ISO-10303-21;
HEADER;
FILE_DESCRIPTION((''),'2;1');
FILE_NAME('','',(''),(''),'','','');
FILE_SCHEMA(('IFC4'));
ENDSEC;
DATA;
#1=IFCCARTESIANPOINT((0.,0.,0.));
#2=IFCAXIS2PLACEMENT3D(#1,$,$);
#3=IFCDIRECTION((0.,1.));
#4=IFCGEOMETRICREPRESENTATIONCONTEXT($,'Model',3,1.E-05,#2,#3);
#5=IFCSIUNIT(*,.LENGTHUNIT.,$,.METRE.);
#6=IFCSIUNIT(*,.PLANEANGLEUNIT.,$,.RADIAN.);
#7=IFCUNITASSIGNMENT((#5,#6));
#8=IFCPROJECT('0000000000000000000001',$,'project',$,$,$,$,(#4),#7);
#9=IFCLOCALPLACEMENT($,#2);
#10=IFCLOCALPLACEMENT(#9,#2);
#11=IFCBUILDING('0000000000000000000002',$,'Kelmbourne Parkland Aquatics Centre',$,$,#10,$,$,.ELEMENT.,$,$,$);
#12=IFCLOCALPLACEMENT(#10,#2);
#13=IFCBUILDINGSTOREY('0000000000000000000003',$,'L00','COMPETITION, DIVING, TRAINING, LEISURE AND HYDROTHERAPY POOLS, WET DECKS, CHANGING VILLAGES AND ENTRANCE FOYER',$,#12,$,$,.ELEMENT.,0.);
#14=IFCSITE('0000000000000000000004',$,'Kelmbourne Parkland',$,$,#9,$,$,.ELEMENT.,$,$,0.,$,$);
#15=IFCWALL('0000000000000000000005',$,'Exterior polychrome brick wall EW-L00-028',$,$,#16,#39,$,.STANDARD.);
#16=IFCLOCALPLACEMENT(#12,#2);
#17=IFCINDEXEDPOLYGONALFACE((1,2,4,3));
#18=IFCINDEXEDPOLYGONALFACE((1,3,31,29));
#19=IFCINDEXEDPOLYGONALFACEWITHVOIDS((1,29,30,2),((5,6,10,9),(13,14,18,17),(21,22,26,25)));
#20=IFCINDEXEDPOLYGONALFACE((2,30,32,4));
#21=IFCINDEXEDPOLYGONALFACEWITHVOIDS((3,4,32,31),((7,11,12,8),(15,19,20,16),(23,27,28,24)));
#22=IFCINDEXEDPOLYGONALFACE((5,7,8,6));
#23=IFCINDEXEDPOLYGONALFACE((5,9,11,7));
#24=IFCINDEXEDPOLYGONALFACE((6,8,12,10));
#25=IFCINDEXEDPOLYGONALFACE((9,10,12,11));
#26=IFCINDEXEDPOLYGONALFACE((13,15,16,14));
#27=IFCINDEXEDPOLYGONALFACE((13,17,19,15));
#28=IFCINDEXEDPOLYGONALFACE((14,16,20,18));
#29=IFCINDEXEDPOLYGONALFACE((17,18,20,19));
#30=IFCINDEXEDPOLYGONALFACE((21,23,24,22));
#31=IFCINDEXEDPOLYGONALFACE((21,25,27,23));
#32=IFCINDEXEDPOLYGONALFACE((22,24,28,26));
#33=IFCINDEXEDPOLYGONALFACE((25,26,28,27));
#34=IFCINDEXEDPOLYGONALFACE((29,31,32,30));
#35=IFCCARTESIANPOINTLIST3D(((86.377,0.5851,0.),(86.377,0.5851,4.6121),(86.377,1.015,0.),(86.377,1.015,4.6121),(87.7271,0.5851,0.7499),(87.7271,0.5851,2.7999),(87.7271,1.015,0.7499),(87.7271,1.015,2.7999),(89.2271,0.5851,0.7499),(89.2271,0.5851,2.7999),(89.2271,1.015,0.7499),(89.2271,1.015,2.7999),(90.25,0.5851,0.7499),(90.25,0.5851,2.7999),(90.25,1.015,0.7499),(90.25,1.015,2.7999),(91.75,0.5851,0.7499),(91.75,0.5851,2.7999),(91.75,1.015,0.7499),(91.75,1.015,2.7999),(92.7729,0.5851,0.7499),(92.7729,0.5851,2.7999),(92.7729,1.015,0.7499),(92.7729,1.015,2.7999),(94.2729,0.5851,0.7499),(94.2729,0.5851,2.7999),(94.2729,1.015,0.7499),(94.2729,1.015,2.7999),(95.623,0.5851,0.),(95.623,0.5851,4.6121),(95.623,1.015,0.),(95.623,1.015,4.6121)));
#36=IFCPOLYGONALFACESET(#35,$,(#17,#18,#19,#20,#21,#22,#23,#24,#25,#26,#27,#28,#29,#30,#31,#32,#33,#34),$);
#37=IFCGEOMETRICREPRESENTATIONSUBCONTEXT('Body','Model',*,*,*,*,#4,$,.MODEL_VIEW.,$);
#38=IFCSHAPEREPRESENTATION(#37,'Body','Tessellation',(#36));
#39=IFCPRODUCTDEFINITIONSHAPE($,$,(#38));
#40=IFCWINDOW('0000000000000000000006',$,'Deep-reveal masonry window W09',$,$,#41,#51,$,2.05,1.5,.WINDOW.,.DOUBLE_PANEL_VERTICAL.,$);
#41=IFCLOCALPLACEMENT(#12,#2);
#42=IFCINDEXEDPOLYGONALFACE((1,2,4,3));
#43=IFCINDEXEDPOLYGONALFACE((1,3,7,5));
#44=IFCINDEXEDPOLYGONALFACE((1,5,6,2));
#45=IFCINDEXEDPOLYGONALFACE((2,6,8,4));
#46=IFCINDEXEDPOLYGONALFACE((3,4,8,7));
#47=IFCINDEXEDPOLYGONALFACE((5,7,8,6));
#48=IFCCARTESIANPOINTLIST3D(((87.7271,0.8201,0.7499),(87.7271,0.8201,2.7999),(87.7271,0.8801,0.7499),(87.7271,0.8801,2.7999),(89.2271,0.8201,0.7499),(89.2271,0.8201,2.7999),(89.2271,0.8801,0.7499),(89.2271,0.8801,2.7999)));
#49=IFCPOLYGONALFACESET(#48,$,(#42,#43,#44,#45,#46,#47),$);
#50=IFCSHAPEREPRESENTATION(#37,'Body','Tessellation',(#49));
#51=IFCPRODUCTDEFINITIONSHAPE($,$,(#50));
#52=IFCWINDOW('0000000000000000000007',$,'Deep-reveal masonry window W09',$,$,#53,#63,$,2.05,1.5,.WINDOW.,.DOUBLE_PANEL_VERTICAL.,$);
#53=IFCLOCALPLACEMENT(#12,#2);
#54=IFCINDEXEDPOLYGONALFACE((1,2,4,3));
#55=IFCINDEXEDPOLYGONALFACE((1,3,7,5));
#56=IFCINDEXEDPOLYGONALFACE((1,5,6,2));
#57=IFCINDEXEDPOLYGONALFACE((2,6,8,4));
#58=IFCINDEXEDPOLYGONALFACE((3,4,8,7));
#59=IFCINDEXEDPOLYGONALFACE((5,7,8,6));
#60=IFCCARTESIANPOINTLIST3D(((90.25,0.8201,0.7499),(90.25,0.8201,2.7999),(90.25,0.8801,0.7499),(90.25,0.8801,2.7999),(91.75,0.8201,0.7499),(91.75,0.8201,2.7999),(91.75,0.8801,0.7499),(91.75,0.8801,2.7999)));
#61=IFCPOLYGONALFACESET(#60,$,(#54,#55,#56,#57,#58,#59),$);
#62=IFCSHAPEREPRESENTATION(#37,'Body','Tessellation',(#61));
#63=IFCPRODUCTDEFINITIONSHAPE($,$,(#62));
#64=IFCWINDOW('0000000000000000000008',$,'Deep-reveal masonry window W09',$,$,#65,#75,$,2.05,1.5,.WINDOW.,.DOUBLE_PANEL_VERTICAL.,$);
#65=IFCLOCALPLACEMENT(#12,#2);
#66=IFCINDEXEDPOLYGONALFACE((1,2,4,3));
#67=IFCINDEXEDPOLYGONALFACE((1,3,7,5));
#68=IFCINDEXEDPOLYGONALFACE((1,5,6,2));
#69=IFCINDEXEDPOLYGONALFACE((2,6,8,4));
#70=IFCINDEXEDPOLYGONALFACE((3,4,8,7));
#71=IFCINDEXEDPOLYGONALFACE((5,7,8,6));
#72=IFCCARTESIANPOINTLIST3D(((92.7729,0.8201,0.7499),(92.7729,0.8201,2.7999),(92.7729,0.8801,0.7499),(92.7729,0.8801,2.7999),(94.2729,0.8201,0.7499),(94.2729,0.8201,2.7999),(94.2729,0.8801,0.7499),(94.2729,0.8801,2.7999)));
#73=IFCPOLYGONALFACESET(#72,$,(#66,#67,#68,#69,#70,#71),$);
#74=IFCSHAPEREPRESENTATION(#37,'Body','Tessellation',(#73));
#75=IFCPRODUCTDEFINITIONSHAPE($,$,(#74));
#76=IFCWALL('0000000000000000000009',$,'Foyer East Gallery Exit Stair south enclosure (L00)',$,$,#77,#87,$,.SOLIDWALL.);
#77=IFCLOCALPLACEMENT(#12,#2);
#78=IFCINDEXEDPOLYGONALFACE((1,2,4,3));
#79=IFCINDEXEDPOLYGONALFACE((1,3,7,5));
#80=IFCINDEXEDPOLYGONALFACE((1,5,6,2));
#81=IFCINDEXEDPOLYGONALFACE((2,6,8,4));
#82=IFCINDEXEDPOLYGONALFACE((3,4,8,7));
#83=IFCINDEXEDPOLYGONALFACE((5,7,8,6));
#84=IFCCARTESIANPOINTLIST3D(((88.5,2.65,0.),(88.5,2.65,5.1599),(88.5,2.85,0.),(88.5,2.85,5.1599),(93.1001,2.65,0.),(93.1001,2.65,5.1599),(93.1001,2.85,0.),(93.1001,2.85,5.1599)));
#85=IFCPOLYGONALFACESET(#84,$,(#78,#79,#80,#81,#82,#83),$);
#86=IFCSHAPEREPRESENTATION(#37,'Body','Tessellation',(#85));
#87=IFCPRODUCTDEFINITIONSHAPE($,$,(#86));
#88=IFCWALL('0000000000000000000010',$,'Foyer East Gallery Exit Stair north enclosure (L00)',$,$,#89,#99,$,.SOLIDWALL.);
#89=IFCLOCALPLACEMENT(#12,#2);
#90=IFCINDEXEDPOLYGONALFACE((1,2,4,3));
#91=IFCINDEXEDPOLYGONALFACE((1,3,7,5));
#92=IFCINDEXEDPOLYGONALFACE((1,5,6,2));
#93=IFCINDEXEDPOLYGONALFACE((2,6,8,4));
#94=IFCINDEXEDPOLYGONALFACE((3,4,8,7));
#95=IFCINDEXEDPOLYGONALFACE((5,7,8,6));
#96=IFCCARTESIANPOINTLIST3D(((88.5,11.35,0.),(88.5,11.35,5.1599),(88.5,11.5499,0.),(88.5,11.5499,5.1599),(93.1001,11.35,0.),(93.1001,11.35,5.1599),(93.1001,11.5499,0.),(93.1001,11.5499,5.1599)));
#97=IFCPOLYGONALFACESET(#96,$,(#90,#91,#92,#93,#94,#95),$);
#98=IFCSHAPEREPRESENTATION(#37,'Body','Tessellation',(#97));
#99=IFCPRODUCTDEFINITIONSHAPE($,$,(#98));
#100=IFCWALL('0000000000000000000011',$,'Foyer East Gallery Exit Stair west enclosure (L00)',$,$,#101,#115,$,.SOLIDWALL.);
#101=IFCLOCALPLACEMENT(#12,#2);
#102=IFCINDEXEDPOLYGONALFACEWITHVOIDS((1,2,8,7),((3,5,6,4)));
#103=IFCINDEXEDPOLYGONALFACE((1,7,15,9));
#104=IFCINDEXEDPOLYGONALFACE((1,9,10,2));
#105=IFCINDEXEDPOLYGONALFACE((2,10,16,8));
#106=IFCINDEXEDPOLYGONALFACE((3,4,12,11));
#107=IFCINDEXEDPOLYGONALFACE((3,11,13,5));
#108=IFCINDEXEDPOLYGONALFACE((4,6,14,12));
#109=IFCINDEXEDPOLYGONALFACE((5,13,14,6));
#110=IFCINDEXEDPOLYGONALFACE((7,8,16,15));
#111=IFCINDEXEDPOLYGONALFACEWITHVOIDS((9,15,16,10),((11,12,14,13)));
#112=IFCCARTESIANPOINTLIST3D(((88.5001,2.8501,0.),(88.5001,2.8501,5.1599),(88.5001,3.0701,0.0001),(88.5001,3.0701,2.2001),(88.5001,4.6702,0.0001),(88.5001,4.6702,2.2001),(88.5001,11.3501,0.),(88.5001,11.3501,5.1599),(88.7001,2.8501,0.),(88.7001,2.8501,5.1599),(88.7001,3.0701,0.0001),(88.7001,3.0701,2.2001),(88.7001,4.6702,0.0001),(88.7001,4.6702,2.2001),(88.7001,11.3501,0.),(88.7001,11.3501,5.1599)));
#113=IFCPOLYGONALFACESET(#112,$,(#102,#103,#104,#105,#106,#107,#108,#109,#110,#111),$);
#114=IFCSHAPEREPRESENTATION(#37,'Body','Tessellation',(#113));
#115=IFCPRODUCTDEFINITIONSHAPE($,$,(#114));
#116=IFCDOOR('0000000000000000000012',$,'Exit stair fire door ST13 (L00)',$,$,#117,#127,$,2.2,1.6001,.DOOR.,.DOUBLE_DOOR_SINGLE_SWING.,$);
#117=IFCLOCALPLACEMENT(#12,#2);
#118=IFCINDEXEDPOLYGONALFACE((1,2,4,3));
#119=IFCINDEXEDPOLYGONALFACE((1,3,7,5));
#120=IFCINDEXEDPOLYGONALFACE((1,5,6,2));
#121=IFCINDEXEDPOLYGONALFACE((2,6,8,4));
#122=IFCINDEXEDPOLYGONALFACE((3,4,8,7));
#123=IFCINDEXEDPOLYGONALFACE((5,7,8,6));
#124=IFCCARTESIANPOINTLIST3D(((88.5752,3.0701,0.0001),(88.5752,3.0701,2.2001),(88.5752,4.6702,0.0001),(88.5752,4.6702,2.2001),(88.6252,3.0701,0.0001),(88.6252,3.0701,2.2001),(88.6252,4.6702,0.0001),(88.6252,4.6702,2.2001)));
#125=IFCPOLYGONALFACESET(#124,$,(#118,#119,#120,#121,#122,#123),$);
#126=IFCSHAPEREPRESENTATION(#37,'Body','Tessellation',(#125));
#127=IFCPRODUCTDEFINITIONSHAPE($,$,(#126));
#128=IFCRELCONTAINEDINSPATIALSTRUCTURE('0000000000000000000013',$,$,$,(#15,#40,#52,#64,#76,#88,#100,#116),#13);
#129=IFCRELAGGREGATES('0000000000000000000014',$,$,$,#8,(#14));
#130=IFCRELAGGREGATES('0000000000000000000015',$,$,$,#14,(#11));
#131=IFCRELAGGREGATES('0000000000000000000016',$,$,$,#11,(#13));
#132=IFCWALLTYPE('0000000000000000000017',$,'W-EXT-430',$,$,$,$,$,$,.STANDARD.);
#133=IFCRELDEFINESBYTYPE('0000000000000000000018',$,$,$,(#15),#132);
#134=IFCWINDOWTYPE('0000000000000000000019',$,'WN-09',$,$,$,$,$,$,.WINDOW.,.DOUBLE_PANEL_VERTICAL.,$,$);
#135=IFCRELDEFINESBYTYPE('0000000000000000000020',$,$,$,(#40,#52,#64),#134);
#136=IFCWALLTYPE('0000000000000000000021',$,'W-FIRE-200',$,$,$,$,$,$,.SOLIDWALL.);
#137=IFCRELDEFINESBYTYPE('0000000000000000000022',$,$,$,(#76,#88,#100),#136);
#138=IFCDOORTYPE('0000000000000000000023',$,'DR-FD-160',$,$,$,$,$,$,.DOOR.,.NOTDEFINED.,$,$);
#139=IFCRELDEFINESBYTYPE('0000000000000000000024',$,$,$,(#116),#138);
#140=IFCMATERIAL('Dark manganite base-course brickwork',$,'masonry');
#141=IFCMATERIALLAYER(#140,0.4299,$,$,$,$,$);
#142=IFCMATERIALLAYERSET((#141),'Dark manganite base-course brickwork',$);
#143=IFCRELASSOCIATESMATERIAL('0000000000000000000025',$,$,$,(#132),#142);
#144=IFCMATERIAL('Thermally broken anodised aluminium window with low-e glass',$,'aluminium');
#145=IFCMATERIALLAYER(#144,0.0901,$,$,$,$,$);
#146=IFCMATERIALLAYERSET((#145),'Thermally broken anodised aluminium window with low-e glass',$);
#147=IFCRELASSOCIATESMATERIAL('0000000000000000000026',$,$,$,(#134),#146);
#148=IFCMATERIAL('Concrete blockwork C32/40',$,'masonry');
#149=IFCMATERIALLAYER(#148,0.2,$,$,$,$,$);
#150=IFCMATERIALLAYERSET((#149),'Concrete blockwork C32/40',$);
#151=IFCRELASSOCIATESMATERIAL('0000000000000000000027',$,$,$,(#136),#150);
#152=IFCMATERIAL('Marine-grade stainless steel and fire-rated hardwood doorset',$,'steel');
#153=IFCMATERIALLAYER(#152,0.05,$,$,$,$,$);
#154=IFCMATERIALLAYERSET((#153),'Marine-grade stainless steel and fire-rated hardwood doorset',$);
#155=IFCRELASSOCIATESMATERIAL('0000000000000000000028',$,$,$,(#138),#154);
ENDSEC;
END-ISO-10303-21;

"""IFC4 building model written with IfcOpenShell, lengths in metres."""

from ifc_helpers import new_model, si_unit, direction, frame, frame_2d, origin, place, context, subcontext, project, spatial, rectangle, extrude, material, layer, layer_set, type_object, element, fill, save


model = new_model("IFC4")

# Units and contexts
model_context = context("Model", 3, precision=1e-05, world=origin(), true_north=direction((0.0, 1.0)))
body_context = subcontext(model_context, "Body", "Model", "MODEL_VIEW")
ifc_project = project(units=[si_unit("LENGTHUNIT", "METRE"), si_unit("PLANEANGLEUNIT", "RADIAN")], contexts=[model_context])

# Site, building, storey
site_placement = place(None, origin())
site = spatial("IfcSite", under=ifc_project, at=site_placement, Name="Kelmbourne Parkland", CompositionType="ELEMENT", RefElevation=0.0)
building_placement = place(site_placement, origin())
building = spatial("IfcBuilding", under=site, at=building_placement, Name="Kelmbourne Parkland Aquatics Centre", CompositionType="ELEMENT")
storey_placement = place(building_placement, origin())
storey = spatial("IfcBuildingStorey", under=building, at=storey_placement, Name="L00", Description="COMPETITION, DIVING, TRAINING, LEISURE AND HYDROTHERAPY POOLS, WET DECKS, CHANGING VILLAGES AND ENTRANCE FOYER", CompositionType="ELEMENT", Elevation=0.0)

# Wall, openings, windows
ifc_material_1 = material(Name="Dark manganite base-course brickwork", Category="masonry")
ifc_layer_1 = layer(ifc_material_1, 0.4299)
ifc_layer_set_1 = layer_set([ifc_layer_1], Name="Dark manganite base-course brickwork")
wall_type_1 = type_object("IfcWallType", Name="W-EXT-430", PredefinedType="STANDARD", material=ifc_layer_set_1)
wall_1_placement = place(storey_placement, frame((86.377, 0.8, 0.0), z_axis=(0.0, 0.0, 1.0), x_axis=(1.0, 0.0, 0.0)))
wall_1 = element("IfcWall", 1, at=wall_1_placement, inside=storey, type_object=wall_type_1, Name="Exterior polychrome brick wall EW-L00-028", PredefinedType="STANDARD", context=body_context, shape_type="SweptSolid", body=[
    extrude(rectangle(XDim=9.2461, YDim=0.4299, at=frame_2d((4.623, 0.0))), origin(), (0.0, 0.0, 1.0), 4.6121),
])
opening_1_placement = place(wall_1_placement, frame((1.3501, 0.0, 0.75)))
opening_1 = element("IfcOpeningElement", 2, at=opening_1_placement, cuts=wall_1, PredefinedType="OPENING", context=body_context, shape_type="SweptSolid", body=[
    extrude(rectangle(XDim=1.5, YDim=2.05, at=frame_2d((0.75, 1.0249))), frame((0.0, 0.2271, 0.0), z_axis=(0.0, -1.0, 0.0), x_axis=(1.0, 0.0, 0.0)), (0.0, 0.0, 1.0), 0.4539),
])
opening_2_placement = place(wall_1_placement, frame((3.873, 0.0, 0.75)))
opening_2 = element("IfcOpeningElement", 3, at=opening_2_placement, cuts=wall_1, PredefinedType="OPENING", context=body_context, shape_type="SweptSolid", body=[
    extrude(rectangle(XDim=1.5, YDim=2.05, at=frame_2d((0.75, 1.0249))), frame((0.0, 0.2271, 0.0), z_axis=(0.0, -1.0, 0.0), x_axis=(1.0, 0.0, 0.0)), (0.0, 0.0, 1.0), 0.4539),
])
opening_3_placement = place(wall_1_placement, frame((6.396, 0.0, 0.75)))
opening_3 = element("IfcOpeningElement", 4, at=opening_3_placement, cuts=wall_1, PredefinedType="OPENING", context=body_context, shape_type="SweptSolid", body=[
    extrude(rectangle(XDim=1.5, YDim=2.05, at=frame_2d((0.75, 1.0249))), frame((0.0, 0.2271, 0.0), z_axis=(0.0, -1.0, 0.0), x_axis=(1.0, 0.0, 0.0)), (0.0, 0.0, 1.0), 0.4539),
])
ifc_material_2 = material(Name="Thermally broken anodised aluminium window with low-e glass", Category="aluminium")
ifc_layer_2 = layer(ifc_material_2, 0.0901)
ifc_layer_set_2 = layer_set([ifc_layer_2], Name="Thermally broken anodised aluminium window with low-e glass")
window_type = type_object("IfcWindowType", Name="WN-09", PartitioningType="DOUBLE_PANEL_VERTICAL", PredefinedType="WINDOW", material=ifc_layer_set_2)
window_1_placement = place(opening_1_placement, origin())
window_1 = element("IfcWindow", 5, at=window_1_placement, inside=storey, type_object=window_type, Name="Deep-reveal masonry window W09", OverallHeight=2.05, OverallWidth=1.5, PartitioningType="DOUBLE_PANEL_VERTICAL", PredefinedType="WINDOW", context=body_context, shape_type="SweptSolid", body=[
    extrude(rectangle(XDim=1.5, YDim=2.05, at=frame_2d((0.75, 1.0249))), frame((0.0, 0.0801, 0.0), z_axis=(0.0, -1.0, 0.0), x_axis=(1.0, 0.0, 0.0)), (0.0, 0.0, 1.0), 0.0601),
])
fill(opening_1, window_1)
window_2_placement = place(opening_2_placement, origin())
window_2 = element("IfcWindow", 6, at=window_2_placement, inside=storey, type_object=window_type, Name="Deep-reveal masonry window W09", OverallHeight=2.05, OverallWidth=1.5, PartitioningType="DOUBLE_PANEL_VERTICAL", PredefinedType="WINDOW", context=body_context, shape_type="SweptSolid", body=[
    extrude(rectangle(XDim=1.5, YDim=2.05, at=frame_2d((0.75, 1.0249))), frame((0.0, 0.0801, 0.0), z_axis=(0.0, -1.0, 0.0), x_axis=(1.0, 0.0, 0.0)), (0.0, 0.0, 1.0), 0.0601),
])
fill(opening_2, window_2)
window_3_placement = place(opening_3_placement, origin())
window_3 = element("IfcWindow", 7, at=window_3_placement, inside=storey, type_object=window_type, Name="Deep-reveal masonry window W09", OverallHeight=2.05, OverallWidth=1.5, PartitioningType="DOUBLE_PANEL_VERTICAL", PredefinedType="WINDOW", context=body_context, shape_type="SweptSolid", body=[
    extrude(rectangle(XDim=1.5, YDim=2.05, at=frame_2d((0.75, 1.0249))), frame((0.0, 0.0801, 0.0), z_axis=(0.0, -1.0, 0.0), x_axis=(1.0, 0.0, 0.0)), (0.0, 0.0, 1.0), 0.0601),
])
fill(opening_3, window_3)

# Walls
ifc_material_3 = material(Name="Concrete blockwork C32/40", Category="masonry")
ifc_layer_3 = layer(ifc_material_3, 0.2)
ifc_layer_set_3 = layer_set([ifc_layer_3], Name="Concrete blockwork C32/40")
wall_type_2 = type_object("IfcWallType", Name="W-FIRE-200", PredefinedType="SOLIDWALL", material=ifc_layer_set_3)
for number, where, z_axis, x_axis, name in (
    (8, (88.5, 2.75, 0.0), (0.0, 0.0, 1.0), (1.0, 0.0, 0.0), "Foyer East Gallery Exit Stair south enclosure (L00)"),
    (9, (88.5, 11.45, 0.0), (0.0, 0.0, 1.0), (1.0, 0.0, 0.0), "Foyer East Gallery Exit Stair north enclosure (L00)"),
):
    element("IfcWall", number, at=place(storey_placement, frame(where, z_axis=z_axis, x_axis=x_axis)), inside=storey, type_object=wall_type_2, Name=name, PredefinedType="SOLIDWALL", context=body_context, shape_type="SweptSolid", body=[
        extrude(rectangle(XDim=4.6001, YDim=0.2, at=frame_2d((2.3, 0.0))), origin(), (0.0, 0.0, 1.0), 5.1599),
    ])

# Wall, opening, door
wall_2_placement = place(storey_placement, frame((88.6001, 2.8501, 0.0), z_axis=(0.0, 0.0, 1.0), x_axis=(0.0, 1.0, 0.0)))
wall_2 = element("IfcWall", 10, at=wall_2_placement, inside=storey, type_object=wall_type_2, Name="Foyer East Gallery Exit Stair west enclosure (L00)", PredefinedType="SOLIDWALL", context=body_context, shape_type="SweptSolid", body=[
    extrude(rectangle(XDim=8.5, YDim=0.2, at=frame_2d((4.25, 0.0))), origin(), (0.0, 0.0, 1.0), 5.1599),
])
opening_4_placement = place(wall_2_placement, frame((0.22, 0.0, 0.0)))
opening_4 = element("IfcOpeningElement", 11, at=opening_4_placement, cuts=wall_2, PredefinedType="OPENING", context=body_context, shape_type="SweptSolid", body=[
    extrude(rectangle(XDim=1.6001, YDim=2.2, at=frame_2d((0.8, 1.1001))), frame((0.0, 0.1118, 0.0), z_axis=(0.0, -1.0, 0.0), x_axis=(1.0, 0.0, 0.0)), (0.0, 0.0, 1.0), 0.2239),
])
ifc_material_4 = material(Name="Marine-grade stainless steel and fire-rated hardwood doorset", Category="steel")
ifc_layer_4 = layer(ifc_material_4, 0.05)
ifc_layer_set_4 = layer_set([ifc_layer_4], Name="Marine-grade stainless steel and fire-rated hardwood doorset")
door_type = type_object("IfcDoorType", Name="DR-FD-160", OperationType="NOTDEFINED", PredefinedType="DOOR", material=ifc_layer_set_4)
door_placement = place(opening_4_placement, origin())
door = element("IfcDoor", 12, at=door_placement, inside=storey, type_object=door_type, Name="Exit stair fire door ST13 (L00)", OperationType="DOUBLE_DOOR_SINGLE_SWING", OverallHeight=2.2, OverallWidth=1.6001, PredefinedType="DOOR", context=body_context, shape_type="SweptSolid", body=[
    extrude(rectangle(XDim=1.6001, YDim=2.2, at=frame_2d((0.8, 1.1001))), frame((0.0, 0.0249, 0.0), z_axis=(0.0, -1.0, 0.0), x_axis=(1.0, 0.0, 0.0)), (0.0, 0.0, 1.0), 0.05),
])
fill(opening_4, door)

save(model, "model.ifc")
